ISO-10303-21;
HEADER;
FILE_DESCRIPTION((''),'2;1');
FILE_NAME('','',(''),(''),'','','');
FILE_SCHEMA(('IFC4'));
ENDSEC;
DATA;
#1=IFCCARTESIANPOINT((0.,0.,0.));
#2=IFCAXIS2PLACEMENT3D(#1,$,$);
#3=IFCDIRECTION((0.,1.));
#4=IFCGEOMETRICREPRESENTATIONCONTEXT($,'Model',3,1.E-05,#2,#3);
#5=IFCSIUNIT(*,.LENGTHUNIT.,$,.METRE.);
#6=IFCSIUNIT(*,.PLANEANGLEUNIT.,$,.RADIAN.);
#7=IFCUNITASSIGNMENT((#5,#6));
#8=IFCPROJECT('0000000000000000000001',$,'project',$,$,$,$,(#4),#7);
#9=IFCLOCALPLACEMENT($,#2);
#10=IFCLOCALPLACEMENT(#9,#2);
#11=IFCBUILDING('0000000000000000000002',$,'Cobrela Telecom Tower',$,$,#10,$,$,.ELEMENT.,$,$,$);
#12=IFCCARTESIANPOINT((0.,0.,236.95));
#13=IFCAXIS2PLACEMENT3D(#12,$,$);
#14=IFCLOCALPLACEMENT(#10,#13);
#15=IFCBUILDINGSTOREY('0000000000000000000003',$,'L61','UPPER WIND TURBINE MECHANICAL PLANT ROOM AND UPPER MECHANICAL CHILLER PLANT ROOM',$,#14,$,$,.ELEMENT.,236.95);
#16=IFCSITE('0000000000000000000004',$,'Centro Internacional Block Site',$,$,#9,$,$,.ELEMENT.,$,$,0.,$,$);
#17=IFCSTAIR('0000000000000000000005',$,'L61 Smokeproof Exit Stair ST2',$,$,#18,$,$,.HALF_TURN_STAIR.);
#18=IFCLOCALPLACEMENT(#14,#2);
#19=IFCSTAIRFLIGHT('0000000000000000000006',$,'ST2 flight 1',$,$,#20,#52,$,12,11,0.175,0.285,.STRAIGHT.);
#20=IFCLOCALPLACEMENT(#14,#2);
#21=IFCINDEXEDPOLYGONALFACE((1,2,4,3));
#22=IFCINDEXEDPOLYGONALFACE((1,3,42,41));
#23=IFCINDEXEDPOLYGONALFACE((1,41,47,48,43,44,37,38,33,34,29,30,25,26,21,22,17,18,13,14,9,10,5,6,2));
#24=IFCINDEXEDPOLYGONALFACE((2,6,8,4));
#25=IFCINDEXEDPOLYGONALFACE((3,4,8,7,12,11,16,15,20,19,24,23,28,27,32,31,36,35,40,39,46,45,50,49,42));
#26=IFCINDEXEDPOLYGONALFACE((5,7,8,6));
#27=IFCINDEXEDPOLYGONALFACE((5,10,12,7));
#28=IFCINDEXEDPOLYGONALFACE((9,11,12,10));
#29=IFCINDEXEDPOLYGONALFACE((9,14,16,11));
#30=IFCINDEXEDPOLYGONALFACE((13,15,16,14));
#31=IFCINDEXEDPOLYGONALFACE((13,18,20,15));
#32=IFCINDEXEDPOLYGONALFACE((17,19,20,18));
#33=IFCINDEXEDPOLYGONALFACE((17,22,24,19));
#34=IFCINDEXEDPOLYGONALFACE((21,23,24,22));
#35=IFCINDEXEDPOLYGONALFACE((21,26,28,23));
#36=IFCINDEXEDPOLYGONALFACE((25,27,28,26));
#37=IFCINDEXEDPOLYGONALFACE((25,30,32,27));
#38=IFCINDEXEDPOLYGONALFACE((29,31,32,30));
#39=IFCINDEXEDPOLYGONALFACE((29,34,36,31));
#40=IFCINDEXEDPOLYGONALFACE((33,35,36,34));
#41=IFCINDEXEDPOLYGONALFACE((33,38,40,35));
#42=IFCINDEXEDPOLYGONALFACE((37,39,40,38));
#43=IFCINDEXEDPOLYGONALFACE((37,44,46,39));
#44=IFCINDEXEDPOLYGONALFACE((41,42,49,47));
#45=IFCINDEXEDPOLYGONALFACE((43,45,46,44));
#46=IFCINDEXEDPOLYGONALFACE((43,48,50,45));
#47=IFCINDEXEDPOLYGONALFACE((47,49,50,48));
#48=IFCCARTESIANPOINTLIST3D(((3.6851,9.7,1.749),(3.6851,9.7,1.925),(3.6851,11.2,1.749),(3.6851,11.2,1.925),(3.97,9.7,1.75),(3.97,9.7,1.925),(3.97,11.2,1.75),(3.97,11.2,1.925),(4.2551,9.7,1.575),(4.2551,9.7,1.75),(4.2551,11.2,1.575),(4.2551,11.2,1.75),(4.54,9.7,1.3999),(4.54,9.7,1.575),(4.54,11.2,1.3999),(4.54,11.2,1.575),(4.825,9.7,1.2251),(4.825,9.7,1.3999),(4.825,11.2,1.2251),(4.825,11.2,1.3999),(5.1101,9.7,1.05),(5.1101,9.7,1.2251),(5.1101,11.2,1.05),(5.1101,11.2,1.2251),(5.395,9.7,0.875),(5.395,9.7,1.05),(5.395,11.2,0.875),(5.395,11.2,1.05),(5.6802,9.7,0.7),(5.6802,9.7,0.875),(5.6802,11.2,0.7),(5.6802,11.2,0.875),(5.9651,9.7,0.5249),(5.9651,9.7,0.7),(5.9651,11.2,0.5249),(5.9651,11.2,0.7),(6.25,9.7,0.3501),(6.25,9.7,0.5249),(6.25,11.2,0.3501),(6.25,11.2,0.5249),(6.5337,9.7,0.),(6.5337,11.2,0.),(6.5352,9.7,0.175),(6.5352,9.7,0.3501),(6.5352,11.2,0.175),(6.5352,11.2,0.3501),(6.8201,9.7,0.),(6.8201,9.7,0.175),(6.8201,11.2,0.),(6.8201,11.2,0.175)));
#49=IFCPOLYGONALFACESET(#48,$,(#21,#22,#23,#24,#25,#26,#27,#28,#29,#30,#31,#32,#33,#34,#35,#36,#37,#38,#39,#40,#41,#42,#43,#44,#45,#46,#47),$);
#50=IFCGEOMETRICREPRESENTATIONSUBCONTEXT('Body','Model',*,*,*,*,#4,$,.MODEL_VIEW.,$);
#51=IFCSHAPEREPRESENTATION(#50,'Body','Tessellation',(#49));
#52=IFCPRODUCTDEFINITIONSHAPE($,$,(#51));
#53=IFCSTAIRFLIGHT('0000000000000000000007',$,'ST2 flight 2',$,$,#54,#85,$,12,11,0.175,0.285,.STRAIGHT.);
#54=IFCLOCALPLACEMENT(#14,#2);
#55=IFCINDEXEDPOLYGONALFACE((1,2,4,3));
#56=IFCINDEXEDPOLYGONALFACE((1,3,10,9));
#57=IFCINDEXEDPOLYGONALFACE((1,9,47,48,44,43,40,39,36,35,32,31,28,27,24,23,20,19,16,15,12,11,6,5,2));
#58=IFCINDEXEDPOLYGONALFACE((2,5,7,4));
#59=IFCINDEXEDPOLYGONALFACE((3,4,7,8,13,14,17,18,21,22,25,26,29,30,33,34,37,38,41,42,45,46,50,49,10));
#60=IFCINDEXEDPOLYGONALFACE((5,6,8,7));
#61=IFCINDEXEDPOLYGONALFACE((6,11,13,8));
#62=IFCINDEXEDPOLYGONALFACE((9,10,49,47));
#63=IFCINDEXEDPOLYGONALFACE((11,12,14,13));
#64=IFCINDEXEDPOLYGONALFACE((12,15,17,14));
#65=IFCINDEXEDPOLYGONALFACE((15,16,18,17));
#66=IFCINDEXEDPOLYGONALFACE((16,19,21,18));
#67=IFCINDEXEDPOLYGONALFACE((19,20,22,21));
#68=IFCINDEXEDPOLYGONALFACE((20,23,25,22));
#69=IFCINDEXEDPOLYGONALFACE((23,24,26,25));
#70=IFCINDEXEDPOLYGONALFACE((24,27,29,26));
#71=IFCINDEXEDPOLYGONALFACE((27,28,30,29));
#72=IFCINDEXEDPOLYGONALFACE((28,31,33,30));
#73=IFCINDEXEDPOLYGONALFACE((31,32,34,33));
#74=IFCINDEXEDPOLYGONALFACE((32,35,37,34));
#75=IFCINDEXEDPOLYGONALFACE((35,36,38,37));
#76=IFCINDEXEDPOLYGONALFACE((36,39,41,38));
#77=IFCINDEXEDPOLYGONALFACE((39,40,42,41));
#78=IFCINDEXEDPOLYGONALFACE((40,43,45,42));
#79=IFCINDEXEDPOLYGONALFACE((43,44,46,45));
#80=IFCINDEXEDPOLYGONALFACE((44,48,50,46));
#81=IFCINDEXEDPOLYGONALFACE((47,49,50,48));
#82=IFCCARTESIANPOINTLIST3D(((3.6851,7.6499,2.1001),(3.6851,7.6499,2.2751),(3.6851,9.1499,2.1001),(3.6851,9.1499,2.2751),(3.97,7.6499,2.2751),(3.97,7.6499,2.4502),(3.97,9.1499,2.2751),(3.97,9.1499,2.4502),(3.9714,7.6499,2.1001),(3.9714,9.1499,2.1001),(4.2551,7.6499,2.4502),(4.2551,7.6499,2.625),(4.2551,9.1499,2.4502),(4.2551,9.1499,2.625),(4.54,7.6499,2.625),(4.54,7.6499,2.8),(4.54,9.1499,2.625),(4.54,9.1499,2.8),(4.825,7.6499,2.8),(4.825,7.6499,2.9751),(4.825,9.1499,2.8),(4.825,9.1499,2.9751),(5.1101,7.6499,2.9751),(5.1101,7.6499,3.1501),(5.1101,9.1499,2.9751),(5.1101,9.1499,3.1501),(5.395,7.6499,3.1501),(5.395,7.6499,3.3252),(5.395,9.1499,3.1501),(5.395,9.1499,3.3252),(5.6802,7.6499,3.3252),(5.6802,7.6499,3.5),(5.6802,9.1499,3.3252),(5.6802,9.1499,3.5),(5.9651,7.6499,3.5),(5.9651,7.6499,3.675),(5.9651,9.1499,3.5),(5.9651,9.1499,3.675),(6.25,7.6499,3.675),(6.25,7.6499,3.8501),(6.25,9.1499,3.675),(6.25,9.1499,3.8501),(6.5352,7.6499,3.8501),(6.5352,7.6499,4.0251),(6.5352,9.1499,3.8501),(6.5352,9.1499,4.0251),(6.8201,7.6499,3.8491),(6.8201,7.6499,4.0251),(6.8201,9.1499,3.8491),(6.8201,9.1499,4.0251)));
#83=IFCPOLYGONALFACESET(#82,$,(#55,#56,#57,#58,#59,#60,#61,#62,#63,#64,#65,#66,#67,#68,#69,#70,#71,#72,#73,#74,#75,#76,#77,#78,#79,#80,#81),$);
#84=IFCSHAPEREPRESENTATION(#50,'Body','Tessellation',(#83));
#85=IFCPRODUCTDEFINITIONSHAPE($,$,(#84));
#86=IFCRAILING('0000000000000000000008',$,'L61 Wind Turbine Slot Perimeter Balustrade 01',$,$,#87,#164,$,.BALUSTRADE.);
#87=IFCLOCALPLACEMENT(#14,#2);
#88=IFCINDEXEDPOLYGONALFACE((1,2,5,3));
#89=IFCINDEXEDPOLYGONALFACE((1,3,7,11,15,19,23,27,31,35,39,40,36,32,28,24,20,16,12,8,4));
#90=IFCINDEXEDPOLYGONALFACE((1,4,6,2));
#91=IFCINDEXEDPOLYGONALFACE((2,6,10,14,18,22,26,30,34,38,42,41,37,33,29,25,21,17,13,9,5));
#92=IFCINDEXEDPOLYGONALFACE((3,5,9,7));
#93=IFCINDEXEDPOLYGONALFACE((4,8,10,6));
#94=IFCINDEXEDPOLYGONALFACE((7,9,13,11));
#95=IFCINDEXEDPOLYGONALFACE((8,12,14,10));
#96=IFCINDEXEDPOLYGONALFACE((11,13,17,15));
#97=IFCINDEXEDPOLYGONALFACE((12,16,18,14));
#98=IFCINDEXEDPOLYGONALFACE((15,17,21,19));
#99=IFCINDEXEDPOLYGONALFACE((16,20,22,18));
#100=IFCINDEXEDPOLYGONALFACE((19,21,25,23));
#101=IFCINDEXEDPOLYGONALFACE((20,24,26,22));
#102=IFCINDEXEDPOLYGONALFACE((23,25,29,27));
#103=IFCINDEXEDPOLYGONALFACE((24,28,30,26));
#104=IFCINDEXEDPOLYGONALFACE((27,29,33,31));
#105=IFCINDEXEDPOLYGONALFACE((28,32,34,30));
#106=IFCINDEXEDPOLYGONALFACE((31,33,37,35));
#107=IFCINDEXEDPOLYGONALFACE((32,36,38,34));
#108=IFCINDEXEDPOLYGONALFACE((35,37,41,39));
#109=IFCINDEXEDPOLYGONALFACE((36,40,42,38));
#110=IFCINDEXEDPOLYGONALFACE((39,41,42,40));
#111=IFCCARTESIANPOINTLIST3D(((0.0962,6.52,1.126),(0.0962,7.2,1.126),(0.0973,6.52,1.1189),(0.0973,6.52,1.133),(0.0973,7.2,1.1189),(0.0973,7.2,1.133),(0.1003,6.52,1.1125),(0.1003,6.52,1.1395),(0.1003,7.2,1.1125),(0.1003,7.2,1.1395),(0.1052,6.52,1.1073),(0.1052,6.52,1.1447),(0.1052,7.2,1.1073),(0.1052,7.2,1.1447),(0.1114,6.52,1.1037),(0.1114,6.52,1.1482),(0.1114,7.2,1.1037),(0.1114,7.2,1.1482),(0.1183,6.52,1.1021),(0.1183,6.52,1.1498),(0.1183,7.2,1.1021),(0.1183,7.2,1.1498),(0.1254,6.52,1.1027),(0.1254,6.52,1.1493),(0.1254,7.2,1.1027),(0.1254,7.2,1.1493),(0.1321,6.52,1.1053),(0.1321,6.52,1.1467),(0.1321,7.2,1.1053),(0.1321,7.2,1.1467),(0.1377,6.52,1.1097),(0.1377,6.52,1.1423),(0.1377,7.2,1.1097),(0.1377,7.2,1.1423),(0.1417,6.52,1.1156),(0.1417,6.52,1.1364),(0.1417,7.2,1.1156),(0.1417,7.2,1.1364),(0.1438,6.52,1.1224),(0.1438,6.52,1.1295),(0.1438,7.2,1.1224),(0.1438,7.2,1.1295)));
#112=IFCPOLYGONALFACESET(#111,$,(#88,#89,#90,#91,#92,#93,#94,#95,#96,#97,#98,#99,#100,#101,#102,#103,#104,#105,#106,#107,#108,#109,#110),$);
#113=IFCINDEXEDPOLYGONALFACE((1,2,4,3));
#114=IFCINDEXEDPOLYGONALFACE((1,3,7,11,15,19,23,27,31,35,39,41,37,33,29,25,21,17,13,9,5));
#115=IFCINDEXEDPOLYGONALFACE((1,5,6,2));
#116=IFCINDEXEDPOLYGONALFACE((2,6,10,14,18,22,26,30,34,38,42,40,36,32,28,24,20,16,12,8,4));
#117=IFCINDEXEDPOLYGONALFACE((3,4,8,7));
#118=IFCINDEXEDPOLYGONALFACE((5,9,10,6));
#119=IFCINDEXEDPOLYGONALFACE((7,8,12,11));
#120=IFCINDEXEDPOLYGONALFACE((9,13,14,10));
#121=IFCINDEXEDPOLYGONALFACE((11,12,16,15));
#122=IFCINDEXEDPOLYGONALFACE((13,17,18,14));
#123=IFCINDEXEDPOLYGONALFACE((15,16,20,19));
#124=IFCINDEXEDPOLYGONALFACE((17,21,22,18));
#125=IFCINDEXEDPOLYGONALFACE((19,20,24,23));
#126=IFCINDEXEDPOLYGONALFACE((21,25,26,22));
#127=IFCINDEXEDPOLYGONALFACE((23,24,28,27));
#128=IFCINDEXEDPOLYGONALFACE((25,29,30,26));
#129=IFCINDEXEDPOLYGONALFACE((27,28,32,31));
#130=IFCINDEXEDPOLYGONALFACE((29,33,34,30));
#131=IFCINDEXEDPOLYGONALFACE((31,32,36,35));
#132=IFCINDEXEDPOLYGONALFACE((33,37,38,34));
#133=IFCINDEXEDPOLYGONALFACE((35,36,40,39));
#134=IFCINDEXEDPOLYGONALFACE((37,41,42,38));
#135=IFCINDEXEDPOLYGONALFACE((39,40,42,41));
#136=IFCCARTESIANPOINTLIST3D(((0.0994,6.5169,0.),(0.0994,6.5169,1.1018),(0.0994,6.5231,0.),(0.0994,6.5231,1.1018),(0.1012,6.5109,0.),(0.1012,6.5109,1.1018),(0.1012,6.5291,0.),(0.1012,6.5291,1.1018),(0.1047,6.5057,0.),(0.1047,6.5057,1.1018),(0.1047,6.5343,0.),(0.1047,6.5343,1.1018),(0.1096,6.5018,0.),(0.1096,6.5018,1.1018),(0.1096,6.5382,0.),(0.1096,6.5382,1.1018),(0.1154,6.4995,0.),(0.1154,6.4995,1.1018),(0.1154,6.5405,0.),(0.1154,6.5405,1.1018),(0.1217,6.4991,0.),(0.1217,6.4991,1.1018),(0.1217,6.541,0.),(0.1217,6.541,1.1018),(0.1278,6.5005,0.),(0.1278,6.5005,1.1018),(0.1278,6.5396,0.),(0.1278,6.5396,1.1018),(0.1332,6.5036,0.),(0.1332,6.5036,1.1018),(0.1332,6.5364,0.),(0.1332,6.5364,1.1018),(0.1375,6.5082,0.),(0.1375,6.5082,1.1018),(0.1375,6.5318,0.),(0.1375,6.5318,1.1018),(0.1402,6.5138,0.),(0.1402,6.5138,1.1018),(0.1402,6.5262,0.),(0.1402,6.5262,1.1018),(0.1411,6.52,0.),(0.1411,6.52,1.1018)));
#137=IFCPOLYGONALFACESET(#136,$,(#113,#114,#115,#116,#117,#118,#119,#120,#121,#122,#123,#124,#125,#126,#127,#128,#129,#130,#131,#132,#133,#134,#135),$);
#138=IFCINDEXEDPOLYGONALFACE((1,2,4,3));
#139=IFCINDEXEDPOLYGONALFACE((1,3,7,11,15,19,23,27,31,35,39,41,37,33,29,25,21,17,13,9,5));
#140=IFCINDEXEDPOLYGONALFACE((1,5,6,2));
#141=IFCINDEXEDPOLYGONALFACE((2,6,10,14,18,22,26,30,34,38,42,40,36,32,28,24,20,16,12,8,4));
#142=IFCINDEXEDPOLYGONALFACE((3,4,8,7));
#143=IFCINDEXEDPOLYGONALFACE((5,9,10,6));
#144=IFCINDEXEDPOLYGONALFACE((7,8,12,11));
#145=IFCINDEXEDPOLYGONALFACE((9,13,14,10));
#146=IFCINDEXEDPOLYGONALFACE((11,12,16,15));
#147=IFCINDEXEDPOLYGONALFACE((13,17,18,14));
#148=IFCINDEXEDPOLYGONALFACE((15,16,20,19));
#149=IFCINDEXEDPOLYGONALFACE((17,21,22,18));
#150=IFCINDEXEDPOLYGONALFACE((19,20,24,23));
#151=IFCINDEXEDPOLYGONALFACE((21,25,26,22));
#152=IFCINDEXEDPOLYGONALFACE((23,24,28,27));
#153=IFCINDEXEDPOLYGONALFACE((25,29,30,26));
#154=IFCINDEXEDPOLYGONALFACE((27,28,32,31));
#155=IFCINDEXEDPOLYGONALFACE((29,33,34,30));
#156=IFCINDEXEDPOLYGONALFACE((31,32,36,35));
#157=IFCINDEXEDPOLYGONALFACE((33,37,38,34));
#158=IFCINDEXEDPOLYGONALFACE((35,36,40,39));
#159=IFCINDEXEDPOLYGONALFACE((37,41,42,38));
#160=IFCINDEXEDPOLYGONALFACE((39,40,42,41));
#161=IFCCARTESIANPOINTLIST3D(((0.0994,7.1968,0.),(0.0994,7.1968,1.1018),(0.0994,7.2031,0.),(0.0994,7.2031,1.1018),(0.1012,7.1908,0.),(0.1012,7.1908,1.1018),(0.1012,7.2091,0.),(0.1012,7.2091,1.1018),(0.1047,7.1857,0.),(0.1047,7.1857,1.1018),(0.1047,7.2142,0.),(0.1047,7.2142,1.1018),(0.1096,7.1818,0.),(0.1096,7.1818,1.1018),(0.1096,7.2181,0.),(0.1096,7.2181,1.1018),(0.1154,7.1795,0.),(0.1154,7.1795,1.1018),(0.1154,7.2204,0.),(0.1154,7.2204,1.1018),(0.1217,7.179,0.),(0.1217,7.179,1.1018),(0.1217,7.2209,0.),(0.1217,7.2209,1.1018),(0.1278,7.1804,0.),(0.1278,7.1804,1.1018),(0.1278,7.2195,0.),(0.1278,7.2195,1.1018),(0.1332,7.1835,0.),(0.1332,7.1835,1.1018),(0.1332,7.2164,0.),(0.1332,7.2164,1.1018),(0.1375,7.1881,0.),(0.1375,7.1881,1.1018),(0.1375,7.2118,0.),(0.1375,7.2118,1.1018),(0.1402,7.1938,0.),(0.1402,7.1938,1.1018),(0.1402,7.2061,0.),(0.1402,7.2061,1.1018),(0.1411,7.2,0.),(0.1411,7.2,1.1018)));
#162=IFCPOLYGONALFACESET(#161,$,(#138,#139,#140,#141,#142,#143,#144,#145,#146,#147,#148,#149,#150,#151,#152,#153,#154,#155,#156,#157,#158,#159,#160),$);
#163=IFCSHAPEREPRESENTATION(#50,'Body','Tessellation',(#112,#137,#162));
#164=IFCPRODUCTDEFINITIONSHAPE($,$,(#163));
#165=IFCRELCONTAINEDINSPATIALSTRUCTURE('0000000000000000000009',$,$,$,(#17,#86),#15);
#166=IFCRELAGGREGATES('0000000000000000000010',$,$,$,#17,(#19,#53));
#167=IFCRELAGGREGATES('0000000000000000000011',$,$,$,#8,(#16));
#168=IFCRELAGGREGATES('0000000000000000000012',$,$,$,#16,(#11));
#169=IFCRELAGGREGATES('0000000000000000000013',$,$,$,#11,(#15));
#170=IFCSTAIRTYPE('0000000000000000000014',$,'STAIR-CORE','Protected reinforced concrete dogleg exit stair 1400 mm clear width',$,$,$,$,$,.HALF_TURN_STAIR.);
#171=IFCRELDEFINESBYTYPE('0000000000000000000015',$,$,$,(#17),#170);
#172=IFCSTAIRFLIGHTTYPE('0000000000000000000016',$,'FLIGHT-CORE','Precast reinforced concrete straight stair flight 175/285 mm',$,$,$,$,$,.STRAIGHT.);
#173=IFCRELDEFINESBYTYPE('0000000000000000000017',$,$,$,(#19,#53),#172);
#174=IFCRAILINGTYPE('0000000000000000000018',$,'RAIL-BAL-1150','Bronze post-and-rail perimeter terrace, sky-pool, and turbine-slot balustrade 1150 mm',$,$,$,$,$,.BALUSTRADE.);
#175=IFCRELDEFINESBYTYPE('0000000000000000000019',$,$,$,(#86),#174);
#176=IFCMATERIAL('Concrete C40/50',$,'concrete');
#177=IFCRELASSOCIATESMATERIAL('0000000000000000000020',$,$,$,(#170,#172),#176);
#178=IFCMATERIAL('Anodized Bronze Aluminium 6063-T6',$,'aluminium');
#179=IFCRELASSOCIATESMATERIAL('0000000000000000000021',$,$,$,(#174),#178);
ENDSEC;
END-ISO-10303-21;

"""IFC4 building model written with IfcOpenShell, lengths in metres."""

from ifc_helpers import new_model, si_unit, direction, frame, origin, origin_2d, place, context, subcontext, project, spatial, polyline, circle, outline, extrude, material, type_object, element, aggregate, save


model = new_model("IFC4")

# Units and contexts
model_context = context("Model", 3, precision=1e-05, world=origin(), true_north=direction((0.0, 1.0)))
body_context = subcontext(model_context, "Body", "Model", "MODEL_VIEW")
ifc_project = project(units=[si_unit("LENGTHUNIT", "METRE"), si_unit("PLANEANGLEUNIT", "RADIAN")], contexts=[model_context])

# Site, building, storey
site_placement = place(None, origin())
site = spatial("IfcSite", under=ifc_project, at=site_placement, Name="Centro Internacional Block Site", CompositionType="ELEMENT", RefElevation=0.0)
building_placement = place(site_placement, origin())
building = spatial("IfcBuilding", under=site, at=building_placement, Name="Cobrela Telecom Tower", CompositionType="ELEMENT")
storey_placement = place(building_placement, frame((0.0, 0.0, 236.95)))
storey = spatial("IfcBuildingStorey", under=building, at=storey_placement, Name="L61", Description="UPPER WIND TURBINE MECHANICAL PLANT ROOM AND UPPER MECHANICAL CHILLER PLANT ROOM", CompositionType="ELEMENT", Elevation=236.95)

# Shared definitions
ifc_material_1 = material(Name="Concrete C40/50", Category="concrete")

# Stair
stair_type = type_object("IfcStairType", Name="STAIR-CORE", Description="Protected reinforced concrete dogleg exit stair 1400 mm clear width", PredefinedType="HALF_TURN_STAIR", material=ifc_material_1)
stair_1_placement = place(storey_placement, origin())
stair_1 = element("IfcStair", 1, at=stair_1_placement, inside=storey, type_object=stair_type, Name="L61 Smokeproof Exit Stair ST2", PredefinedType="HALF_TURN_STAIR")

# Stair flights
stair_flight_type = type_object("IfcStairFlightType", Name="FLIGHT-CORE", Description="Precast reinforced concrete straight stair flight 175/285 mm", PredefinedType="STRAIGHT", material=ifc_material_1)
stair_flight_1_placement = place(storey_placement, frame((6.8201, 10.45, 0.0), z_axis=(0.0, 0.0, 1.0), x_axis=(-1.0, 0.0, 0.0)))
stair_flight_1 = element("IfcStairFlight", 2, at=stair_flight_1_placement, type_object=stair_flight_type, Name="ST2 flight 1", NumberOfRisers=12, NumberOfTreads=11, PredefinedType="STRAIGHT", RiserHeight=0.175, TreadLength=0.285, context=body_context, shape_type="SweptSolid", body=[
    extrude(outline(polyline([(0.0, 0.0), (0.0, 0.175), (0.2849, 0.175), (0.2849, 0.3501), (0.5701, 0.3501), (0.5701, 0.5249), (0.855, 0.5249), (0.855, 0.7), (1.1399, 0.7), (1.1399, 0.875), (1.425, 0.875), (1.425, 1.05), (1.71, 1.05), (1.71, 1.2251), (1.9951, 1.2251), (1.9951, 1.3999), (2.28, 1.3999), (2.28, 1.575), (2.5649, 1.575), (2.5649, 1.75), (2.8501, 1.75), (2.8501, 1.925), (3.135, 1.925), (3.135, 2.1001), (3.135, 1.749), (0.2864, 0.0), (0.0, 0.0)])), frame((0.0, 0.75, 0.0), z_axis=(0.0, -1.0, 0.0), x_axis=(1.0, 0.0, 0.0)), (0.0, 0.0, 1.0), 1.5),
])
stair_flight_2_placement = place(storey_placement, frame((3.6851, 8.3999, 2.1001), z_axis=(0.0, 0.0, 1.0), x_axis=(1.0, 0.0, 0.0)))
stair_flight_2 = element("IfcStairFlight", 3, at=stair_flight_2_placement, type_object=stair_flight_type, Name="ST2 flight 2", NumberOfRisers=12, NumberOfTreads=11, PredefinedType="STRAIGHT", RiserHeight=0.175, TreadLength=0.285, context=body_context, shape_type="SweptSolid", body=[
    extrude(outline(polyline([(0.0, 0.0), (0.0, 0.175), (0.2849, 0.175), (0.2849, 0.3501), (0.5701, 0.3501), (0.5701, 0.5249), (0.855, 0.5249), (0.855, 0.7), (1.1399, 0.7), (1.1399, 0.875), (1.425, 0.875), (1.425, 1.05), (1.71, 1.05), (1.71, 1.2251), (1.9951, 1.2251), (1.9951, 1.3999), (2.28, 1.3999), (2.28, 1.575), (2.5649, 1.575), (2.5649, 1.75), (2.8501, 1.75), (2.8501, 1.925), (3.135, 1.925), (3.135, 2.1001), (3.135, 1.749), (0.2864, 0.0), (0.0, 0.0)])), frame((0.0, 0.75, 0.0), z_axis=(0.0, -1.0, 0.0), x_axis=(1.0, 0.0, 0.0)), (0.0, 0.0, 1.0), 1.5),
])
aggregate(stair_1, [stair_flight_1, stair_flight_2])

# Railing
ifc_material_2 = material(Name="Anodized Bronze Aluminium 6063-T6", Category="aluminium")
railing_type_1 = type_object("IfcRailingType", Name="RAIL-BAL-1150", Description="Bronze post-and-rail perimeter terrace, sky-pool, and turbine-slot balustrade 1150 mm", PredefinedType="BALUSTRADE", material=ifc_material_2)
railing_1_placement = place(storey_placement, frame((0.1201, 6.52, 0.0)))
element("IfcRailing", 4, at=railing_1_placement, inside=storey, type_object=railing_type_1, Name="L61 Wind Turbine Slot Perimeter Balustrade 01", PredefinedType="BALUSTRADE", context=body_context, shape_type="SweptSolid", body=[
    extrude(circle(Radius=0.0239, at=origin_2d()), frame((0.0, 0.0, 1.126), z_axis=(0.0, 1.0, 0.0), x_axis=(-1.0, 0.0, 0.0)), (0.0, 0.0, 1.0), 0.6799),
    extrude(circle(Radius=0.021, at=origin_2d()), origin(), (0.0, 0.0, 1.0), 1.1018),
    extrude(circle(Radius=0.021, at=origin_2d()), frame((0.0, 0.6799, 0.0)), (0.0, 0.0, 1.0), 1.1018),
])

save(model, "model.ifc")
